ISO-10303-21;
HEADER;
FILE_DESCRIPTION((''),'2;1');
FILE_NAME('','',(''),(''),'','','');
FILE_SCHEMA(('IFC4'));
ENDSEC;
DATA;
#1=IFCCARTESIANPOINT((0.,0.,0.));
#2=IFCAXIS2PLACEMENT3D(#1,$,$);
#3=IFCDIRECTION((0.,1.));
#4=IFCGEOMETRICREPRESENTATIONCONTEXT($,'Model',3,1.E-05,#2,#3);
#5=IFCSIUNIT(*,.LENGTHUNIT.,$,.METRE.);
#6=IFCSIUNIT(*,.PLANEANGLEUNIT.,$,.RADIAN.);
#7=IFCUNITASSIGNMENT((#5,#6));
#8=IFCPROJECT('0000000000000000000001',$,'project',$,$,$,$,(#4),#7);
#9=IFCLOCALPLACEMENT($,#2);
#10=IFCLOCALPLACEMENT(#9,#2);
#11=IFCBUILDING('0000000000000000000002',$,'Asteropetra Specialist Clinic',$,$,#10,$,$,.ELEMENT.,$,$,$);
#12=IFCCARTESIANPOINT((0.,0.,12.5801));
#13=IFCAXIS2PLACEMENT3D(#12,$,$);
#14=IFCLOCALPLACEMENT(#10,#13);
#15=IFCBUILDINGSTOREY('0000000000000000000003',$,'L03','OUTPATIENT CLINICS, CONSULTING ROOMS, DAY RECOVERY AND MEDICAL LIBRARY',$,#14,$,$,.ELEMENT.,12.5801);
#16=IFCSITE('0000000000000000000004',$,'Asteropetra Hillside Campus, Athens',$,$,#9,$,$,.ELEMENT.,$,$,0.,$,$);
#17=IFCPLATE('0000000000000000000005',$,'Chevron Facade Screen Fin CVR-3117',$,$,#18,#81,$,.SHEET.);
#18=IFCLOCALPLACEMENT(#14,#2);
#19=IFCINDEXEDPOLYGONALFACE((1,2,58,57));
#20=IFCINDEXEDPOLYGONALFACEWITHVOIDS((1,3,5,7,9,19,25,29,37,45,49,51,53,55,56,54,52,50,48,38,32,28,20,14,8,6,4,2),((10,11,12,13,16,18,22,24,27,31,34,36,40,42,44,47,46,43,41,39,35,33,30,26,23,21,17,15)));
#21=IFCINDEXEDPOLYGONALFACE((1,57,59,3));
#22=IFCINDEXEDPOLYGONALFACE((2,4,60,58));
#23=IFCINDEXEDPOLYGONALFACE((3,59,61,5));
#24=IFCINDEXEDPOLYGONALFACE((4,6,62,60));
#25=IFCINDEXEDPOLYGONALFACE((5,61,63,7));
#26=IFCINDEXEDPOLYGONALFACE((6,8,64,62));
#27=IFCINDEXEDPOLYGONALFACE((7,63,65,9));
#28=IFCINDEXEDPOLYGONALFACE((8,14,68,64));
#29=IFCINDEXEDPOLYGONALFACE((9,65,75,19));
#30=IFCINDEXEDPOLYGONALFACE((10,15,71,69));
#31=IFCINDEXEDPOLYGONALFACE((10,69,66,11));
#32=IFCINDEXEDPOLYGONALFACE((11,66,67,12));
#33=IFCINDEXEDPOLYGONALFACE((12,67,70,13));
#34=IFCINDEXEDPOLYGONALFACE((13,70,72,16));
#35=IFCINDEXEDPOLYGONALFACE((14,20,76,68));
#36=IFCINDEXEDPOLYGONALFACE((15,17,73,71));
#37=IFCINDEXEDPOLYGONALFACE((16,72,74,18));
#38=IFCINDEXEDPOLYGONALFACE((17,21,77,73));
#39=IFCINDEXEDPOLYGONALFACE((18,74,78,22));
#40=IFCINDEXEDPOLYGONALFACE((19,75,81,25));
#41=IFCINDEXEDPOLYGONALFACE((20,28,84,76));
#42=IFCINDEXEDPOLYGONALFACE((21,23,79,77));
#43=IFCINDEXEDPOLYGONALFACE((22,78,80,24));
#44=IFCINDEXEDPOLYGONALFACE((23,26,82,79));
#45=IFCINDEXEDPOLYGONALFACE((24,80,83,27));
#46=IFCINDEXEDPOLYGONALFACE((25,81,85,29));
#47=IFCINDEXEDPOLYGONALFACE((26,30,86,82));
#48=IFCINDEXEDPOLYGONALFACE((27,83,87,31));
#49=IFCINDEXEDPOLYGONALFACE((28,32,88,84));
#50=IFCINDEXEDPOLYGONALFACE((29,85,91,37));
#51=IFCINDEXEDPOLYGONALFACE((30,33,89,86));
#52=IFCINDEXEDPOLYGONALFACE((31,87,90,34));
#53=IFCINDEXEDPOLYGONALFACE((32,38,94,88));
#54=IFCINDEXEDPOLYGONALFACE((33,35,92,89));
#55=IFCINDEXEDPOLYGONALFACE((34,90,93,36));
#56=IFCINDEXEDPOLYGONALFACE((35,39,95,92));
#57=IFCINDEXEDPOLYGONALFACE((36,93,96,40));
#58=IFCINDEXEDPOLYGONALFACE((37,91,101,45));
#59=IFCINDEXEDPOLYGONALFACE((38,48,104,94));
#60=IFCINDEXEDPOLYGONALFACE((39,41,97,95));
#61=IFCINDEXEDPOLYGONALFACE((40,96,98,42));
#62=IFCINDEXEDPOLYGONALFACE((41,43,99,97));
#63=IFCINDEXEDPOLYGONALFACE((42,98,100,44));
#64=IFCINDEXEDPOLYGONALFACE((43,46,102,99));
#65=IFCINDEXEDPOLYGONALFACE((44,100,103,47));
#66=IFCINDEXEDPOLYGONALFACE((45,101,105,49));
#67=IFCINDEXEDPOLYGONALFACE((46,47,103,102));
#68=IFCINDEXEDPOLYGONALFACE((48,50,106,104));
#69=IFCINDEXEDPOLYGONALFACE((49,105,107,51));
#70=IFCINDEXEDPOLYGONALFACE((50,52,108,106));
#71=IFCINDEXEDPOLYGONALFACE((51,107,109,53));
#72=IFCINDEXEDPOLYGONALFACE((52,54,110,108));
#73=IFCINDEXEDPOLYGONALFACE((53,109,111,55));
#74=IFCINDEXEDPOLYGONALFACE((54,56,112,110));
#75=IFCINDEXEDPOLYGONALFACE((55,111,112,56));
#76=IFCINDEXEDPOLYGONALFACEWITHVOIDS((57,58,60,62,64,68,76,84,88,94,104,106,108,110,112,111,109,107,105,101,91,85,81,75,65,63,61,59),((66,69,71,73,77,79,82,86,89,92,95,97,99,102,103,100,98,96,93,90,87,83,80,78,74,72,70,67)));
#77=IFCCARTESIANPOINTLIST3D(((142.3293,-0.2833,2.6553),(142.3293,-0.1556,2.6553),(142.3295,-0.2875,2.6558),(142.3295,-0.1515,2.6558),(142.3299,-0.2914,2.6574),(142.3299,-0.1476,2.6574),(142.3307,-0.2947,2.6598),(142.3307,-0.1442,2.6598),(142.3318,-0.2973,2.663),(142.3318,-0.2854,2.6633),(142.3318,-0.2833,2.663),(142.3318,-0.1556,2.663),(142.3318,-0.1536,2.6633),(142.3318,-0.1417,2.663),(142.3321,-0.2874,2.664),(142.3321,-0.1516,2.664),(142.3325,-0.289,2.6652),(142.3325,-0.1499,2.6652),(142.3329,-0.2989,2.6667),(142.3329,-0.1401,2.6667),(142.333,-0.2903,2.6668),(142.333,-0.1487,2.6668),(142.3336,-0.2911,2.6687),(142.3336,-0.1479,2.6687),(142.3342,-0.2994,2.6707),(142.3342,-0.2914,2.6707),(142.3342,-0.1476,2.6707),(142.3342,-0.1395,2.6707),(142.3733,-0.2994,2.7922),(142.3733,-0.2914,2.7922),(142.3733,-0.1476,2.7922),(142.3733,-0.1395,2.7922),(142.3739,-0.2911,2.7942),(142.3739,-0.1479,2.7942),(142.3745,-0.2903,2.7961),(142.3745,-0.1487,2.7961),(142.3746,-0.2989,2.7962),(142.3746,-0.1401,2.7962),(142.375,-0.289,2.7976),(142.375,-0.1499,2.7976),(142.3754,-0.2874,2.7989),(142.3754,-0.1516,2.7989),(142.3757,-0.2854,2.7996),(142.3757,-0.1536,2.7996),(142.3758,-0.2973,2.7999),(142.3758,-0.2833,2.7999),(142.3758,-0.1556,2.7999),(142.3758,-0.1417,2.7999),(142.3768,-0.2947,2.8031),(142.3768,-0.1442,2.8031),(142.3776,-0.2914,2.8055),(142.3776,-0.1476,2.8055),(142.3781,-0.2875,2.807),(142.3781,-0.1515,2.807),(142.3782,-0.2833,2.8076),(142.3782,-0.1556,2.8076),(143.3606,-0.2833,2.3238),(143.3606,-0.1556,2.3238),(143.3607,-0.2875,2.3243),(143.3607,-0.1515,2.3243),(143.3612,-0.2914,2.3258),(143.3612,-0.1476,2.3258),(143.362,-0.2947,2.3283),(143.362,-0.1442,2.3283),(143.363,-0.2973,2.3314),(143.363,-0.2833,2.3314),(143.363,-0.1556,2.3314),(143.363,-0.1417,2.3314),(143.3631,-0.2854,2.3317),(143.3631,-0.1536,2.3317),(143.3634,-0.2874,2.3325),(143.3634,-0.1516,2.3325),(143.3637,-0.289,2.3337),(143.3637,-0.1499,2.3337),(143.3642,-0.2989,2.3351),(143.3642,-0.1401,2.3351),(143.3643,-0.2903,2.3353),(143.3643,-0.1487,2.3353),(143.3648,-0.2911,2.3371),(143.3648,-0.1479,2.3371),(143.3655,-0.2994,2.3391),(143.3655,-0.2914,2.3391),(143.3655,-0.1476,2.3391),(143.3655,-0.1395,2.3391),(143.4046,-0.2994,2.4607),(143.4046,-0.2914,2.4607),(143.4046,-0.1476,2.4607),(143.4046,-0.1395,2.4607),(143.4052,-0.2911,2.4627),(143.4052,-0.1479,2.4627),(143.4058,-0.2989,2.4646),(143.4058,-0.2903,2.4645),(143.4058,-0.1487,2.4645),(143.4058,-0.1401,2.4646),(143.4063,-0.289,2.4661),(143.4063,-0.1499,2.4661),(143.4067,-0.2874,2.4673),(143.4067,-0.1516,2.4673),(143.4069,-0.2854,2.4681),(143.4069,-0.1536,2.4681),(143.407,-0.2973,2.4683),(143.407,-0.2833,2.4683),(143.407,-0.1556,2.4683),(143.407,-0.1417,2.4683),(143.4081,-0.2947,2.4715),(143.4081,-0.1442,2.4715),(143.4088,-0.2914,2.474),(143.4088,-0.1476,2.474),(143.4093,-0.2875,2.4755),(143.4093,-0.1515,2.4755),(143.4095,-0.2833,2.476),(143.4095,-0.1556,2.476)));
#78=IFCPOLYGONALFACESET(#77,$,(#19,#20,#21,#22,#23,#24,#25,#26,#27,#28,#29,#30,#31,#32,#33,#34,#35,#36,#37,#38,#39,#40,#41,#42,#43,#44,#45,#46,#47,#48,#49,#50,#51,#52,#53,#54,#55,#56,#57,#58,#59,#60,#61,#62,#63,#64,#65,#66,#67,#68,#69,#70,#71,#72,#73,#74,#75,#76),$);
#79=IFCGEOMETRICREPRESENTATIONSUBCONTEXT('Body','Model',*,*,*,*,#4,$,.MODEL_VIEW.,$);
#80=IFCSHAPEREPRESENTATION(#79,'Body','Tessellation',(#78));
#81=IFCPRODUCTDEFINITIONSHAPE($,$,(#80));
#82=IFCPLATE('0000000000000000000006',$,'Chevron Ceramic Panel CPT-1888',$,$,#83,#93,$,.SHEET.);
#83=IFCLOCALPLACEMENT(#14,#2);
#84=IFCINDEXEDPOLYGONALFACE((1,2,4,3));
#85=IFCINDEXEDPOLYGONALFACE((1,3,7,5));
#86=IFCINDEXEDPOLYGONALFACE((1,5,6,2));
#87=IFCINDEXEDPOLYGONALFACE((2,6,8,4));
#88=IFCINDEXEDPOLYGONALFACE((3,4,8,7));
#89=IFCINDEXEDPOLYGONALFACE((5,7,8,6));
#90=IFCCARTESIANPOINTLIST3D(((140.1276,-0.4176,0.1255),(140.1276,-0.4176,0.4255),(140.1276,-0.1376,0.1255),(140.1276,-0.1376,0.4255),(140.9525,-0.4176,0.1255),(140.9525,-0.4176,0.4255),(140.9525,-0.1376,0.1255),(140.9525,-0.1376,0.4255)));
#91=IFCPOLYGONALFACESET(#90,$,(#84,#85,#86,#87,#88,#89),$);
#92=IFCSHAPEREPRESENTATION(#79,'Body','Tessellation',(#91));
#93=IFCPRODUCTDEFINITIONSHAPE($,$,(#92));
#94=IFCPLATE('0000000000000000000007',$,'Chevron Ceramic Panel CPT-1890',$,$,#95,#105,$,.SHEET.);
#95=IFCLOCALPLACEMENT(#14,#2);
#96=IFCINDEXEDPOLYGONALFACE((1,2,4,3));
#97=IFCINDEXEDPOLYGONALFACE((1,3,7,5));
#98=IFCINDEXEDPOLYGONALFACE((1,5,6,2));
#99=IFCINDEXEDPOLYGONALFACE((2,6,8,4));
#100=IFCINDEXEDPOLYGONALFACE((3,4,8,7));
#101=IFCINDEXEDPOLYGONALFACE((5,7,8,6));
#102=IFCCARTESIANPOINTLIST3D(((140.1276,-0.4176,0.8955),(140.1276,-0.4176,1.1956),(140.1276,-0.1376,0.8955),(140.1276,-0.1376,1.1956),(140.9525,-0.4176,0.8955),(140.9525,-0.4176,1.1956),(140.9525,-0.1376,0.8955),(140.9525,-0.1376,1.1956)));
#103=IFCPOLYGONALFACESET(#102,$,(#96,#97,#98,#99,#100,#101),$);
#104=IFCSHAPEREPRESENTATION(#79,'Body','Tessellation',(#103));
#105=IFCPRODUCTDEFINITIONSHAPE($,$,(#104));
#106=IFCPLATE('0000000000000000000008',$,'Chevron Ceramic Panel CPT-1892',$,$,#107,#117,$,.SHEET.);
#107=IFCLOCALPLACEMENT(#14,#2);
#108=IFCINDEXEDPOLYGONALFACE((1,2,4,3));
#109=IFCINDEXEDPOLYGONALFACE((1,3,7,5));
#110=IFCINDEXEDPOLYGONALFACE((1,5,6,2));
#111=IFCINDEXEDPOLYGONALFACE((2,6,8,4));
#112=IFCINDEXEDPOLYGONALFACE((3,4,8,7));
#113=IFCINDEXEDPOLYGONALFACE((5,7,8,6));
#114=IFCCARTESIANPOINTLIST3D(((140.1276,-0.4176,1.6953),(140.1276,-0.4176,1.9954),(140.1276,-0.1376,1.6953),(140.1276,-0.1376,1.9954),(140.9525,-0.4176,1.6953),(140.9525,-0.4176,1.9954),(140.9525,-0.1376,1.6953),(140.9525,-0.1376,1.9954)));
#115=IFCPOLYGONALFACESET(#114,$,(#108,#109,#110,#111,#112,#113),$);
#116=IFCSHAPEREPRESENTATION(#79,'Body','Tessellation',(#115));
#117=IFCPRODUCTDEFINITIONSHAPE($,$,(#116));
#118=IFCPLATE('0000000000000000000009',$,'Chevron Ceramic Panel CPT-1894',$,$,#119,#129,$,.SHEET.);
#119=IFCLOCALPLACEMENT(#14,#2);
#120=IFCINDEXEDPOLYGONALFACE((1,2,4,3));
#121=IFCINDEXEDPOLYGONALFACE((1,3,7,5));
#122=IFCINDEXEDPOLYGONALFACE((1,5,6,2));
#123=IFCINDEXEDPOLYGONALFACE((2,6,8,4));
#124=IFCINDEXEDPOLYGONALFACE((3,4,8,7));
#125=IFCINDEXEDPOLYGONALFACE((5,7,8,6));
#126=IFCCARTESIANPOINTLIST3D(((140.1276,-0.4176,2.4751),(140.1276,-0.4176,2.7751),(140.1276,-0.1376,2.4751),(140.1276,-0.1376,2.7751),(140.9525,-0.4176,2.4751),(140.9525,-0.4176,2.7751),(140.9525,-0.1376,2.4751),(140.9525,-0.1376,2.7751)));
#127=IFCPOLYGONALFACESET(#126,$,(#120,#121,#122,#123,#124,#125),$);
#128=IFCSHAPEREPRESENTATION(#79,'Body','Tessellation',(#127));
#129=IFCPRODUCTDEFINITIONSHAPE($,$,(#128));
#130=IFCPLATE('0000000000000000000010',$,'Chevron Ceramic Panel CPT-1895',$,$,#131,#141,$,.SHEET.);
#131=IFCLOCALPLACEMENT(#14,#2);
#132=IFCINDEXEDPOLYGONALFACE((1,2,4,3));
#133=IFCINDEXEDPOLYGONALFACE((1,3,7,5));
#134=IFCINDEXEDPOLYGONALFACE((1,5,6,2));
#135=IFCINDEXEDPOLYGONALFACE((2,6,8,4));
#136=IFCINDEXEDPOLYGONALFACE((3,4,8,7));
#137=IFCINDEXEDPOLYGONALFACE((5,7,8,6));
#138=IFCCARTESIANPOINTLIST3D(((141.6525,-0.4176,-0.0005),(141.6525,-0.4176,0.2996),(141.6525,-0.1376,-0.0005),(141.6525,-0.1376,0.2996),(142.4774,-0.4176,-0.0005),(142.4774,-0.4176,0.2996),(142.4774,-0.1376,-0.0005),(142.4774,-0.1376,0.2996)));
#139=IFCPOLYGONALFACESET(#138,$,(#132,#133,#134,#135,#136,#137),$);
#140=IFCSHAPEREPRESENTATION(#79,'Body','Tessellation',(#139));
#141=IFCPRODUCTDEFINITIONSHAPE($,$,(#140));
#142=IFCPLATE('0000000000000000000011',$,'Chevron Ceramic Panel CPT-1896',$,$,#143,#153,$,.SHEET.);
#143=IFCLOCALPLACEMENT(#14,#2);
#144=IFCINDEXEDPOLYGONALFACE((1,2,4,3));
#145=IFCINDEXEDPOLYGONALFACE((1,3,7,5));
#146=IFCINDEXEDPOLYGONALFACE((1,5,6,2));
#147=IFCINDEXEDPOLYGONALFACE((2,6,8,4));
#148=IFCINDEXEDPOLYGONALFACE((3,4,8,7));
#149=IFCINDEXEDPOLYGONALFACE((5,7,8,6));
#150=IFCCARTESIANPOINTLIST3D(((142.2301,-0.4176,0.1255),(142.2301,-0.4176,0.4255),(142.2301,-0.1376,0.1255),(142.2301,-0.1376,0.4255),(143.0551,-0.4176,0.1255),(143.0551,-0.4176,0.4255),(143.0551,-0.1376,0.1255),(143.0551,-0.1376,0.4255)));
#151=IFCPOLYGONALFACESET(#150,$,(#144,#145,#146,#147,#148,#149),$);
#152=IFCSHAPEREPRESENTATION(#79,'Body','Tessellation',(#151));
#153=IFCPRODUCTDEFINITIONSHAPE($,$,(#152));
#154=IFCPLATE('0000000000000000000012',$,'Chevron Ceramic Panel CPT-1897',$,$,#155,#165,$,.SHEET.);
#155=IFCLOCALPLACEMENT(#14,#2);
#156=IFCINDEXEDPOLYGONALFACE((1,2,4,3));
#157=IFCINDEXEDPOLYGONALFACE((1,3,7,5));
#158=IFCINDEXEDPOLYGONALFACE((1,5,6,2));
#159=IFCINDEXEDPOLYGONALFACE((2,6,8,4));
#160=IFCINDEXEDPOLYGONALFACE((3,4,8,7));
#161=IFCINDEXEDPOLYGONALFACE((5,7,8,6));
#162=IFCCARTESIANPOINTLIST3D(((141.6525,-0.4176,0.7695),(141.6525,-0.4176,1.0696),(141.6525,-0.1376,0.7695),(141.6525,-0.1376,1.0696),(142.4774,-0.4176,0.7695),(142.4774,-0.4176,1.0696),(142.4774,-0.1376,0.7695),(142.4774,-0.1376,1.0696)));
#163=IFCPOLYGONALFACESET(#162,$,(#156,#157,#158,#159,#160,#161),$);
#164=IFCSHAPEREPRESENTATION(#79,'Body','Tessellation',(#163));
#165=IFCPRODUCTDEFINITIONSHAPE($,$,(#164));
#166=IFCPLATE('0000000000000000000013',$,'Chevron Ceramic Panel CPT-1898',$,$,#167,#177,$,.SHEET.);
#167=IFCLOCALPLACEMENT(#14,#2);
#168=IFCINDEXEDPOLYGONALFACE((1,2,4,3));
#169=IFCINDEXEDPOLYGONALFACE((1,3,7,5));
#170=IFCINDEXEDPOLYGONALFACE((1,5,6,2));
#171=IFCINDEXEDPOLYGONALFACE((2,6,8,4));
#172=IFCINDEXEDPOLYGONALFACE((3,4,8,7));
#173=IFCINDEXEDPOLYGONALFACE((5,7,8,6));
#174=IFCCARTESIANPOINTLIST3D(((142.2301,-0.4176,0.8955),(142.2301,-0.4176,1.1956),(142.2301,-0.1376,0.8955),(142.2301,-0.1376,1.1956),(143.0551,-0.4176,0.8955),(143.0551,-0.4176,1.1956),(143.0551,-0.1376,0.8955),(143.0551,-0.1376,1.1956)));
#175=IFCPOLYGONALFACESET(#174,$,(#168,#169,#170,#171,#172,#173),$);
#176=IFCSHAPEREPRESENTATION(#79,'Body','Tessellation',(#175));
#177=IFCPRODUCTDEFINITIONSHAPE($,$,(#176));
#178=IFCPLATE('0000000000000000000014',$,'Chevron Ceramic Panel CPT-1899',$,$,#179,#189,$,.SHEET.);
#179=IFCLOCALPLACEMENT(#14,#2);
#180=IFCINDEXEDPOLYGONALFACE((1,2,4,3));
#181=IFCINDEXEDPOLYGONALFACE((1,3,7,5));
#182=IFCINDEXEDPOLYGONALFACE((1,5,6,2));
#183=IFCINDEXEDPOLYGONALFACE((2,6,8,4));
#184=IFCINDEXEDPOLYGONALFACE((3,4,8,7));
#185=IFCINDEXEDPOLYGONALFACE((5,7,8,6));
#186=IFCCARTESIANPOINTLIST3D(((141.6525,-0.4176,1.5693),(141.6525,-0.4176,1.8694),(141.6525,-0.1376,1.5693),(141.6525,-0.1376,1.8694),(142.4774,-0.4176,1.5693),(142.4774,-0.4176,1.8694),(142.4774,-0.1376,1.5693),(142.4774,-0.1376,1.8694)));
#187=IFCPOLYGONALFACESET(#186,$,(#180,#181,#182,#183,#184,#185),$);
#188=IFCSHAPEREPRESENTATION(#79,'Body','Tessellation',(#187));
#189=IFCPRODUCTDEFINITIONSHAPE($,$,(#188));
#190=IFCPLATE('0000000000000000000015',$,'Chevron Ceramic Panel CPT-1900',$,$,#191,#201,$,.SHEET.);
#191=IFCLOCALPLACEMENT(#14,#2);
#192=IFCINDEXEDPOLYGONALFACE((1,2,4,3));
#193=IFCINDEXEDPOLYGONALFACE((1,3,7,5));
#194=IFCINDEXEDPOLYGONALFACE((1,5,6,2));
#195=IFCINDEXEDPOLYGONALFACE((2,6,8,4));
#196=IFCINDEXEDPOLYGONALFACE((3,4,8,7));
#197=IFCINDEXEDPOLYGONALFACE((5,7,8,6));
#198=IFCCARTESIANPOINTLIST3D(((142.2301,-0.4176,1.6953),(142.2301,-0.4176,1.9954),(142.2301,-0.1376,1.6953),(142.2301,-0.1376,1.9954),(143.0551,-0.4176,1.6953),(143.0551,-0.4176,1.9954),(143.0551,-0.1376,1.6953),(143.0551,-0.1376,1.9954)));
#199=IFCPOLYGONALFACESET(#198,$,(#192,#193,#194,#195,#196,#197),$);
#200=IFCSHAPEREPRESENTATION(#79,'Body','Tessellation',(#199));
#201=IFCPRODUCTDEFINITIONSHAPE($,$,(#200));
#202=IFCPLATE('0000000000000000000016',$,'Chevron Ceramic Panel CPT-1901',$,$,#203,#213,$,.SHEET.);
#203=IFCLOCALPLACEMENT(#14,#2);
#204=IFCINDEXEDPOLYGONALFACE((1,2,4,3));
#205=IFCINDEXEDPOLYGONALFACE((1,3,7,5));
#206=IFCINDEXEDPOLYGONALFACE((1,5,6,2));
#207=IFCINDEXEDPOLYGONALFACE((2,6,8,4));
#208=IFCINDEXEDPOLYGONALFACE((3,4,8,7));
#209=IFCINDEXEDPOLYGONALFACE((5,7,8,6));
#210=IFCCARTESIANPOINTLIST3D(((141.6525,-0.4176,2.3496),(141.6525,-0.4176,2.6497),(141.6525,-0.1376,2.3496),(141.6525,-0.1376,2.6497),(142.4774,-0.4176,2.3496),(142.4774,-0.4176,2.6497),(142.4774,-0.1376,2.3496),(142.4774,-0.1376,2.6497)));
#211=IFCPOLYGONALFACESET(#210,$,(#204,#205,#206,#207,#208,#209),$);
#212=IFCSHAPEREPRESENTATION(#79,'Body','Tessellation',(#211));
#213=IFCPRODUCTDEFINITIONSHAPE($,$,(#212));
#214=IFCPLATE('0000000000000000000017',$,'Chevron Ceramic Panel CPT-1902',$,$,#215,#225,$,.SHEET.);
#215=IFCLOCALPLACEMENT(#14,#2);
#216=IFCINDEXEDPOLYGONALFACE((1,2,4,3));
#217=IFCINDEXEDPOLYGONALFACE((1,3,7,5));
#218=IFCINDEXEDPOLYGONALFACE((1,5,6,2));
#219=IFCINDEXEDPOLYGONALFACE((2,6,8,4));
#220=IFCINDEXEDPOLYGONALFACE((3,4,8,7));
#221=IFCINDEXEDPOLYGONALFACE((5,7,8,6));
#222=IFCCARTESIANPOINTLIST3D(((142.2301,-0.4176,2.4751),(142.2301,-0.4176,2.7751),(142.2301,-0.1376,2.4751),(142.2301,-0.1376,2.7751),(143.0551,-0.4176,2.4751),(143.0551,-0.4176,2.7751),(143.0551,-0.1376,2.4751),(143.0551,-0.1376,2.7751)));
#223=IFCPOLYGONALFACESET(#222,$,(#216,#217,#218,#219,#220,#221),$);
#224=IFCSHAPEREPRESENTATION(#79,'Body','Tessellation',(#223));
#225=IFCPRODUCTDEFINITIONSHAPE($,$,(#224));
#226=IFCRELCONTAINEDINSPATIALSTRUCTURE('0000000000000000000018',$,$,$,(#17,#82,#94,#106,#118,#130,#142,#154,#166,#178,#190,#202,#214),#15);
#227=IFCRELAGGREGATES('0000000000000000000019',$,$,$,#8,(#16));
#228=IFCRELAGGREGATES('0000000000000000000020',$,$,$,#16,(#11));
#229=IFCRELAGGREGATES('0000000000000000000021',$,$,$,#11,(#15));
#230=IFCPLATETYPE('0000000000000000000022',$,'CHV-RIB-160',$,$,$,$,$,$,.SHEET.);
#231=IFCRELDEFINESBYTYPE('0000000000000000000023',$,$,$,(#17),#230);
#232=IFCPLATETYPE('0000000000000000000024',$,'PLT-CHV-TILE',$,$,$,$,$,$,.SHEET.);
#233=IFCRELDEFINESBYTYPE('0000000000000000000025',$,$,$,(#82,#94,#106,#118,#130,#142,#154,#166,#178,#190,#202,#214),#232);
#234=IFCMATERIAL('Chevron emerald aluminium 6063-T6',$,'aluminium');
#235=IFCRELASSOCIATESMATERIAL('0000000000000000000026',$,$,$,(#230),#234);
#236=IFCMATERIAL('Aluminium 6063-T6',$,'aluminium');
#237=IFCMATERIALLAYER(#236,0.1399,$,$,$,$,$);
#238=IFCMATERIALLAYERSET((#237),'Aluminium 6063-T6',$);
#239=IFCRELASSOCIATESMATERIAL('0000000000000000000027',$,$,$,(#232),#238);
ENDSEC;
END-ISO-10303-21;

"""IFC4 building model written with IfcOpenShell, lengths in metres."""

from ifc_helpers import new_model, si_unit, direction, frame, origin, origin_2d, place, context, subcontext, project, spatial, rectangle, hollow_rectangle, extrude, material, layer, layer_set, material_profile, profile_set, type_object, element, save


model = new_model("IFC4")

# Units and contexts
model_context = context("Model", 3, precision=1e-05, world=origin(), true_north=direction((0.0, 1.0)))
body_context = subcontext(model_context, "Body", "Model", "MODEL_VIEW")
ifc_project = project(units=[si_unit("LENGTHUNIT", "METRE"), si_unit("PLANEANGLEUNIT", "RADIAN")], contexts=[model_context])

# Site, building, storey
site_placement = place(None, origin())
site = spatial("IfcSite", under=ifc_project, at=site_placement, Name="Asteropetra Hillside Campus, Athens", CompositionType="ELEMENT", RefElevation=0.0)
building_placement = place(site_placement, origin())
building = spatial("IfcBuilding", under=site, at=building_placement, Name="Asteropetra Specialist Clinic", CompositionType="ELEMENT")
storey_placement = place(building_placement, frame((0.0, 0.0, 12.5801)))
storey = spatial("IfcBuildingStorey", under=building, at=storey_placement, Name="L03", Description="OUTPATIENT CLINICS, CONSULTING ROOMS, DAY RECOVERY AND MEDICAL LIBRARY", CompositionType="ELEMENT", Elevation=12.5801)

# Plates
ifc_material_1 = material(Name="Chevron emerald aluminium 6063-T6", Category="aluminium")
ifc_material_profile_1 = material_profile(ifc_material_1, hollow_rectangle(XDim=0.1599, YDim=0.1599, WallThickness=0.0081, InnerFilletRadius=0.0081, OuterFilletRadius=0.0161, at=origin_2d()), Name="SHS 160x160x8.0")
ifc_profile_set_1 = profile_set([ifc_material_profile_1], Name="Chevron emerald aluminium 6063-T6")
plate_type_1 = type_object("IfcPlateType", Name="CHV-RIB-160", PredefinedType="SHEET", material=ifc_profile_set_1)
for number, where, z_axis, x_axis, name in (
    (1, (142.3538, -0.2195, 2.7314), (0.95201, 0.0, -0.306068), (0.0, 1.0, 0.0), "Chevron Facade Screen Fin CVR-3117"),
):
    element("IfcPlate", number, at=place(storey_placement, frame(where, z_axis=z_axis, x_axis=x_axis)), inside=storey, type_object=plate_type_1, Name=name, PredefinedType="SHEET", context=body_context, shape_type="SweptSolid", body=[
        extrude(hollow_rectangle(XDim=0.1599, YDim=0.1599, WallThickness=0.0081, InnerFilletRadius=0.0081, OuterFilletRadius=0.0161, at=origin_2d()), origin(), (0.0, 0.0, 1.0), 1.0833),
    ])
ifc_material_2 = material(Name="Aluminium 6063-T6", Category="aluminium")
ifc_layer_1 = layer(ifc_material_2, 0.1399)
ifc_layer_set_1 = layer_set([ifc_layer_1], Name="Aluminium 6063-T6")
plate_type_2 = type_object("IfcPlateType", Name="PLT-CHV-TILE", PredefinedType="SHEET", material=ifc_layer_set_1)
for number, where, z_axis, x_axis, name in (
    (2, (140.54, -0.2776, 0.1255), (0.0, 0.0, 1.0), (1.0, 0.0, 0.0), "Chevron Ceramic Panel CPT-1888"),
    (3, (140.54, -0.2776, 0.8955), (0.0, 0.0, 1.0), (1.0, 0.0, 0.0), "Chevron Ceramic Panel CPT-1890"),
    (4, (140.54, -0.2776, 1.6953), (0.0, 0.0, 1.0), (1.0, 0.0, 0.0), "Chevron Ceramic Panel CPT-1892"),
    (5, (140.54, -0.2776, 2.4751), (0.0, 0.0, 1.0), (1.0, 0.0, 0.0), "Chevron Ceramic Panel CPT-1894"),
    (6, (142.0649, -0.2776, -0.0005), (0.0, 0.0, 1.0), (1.0, 0.0, 0.0), "Chevron Ceramic Panel CPT-1895"),
    (7, (142.6426, -0.2776, 0.1255), (0.0, 0.0, 1.0), (1.0, 0.0, 0.0), "Chevron Ceramic Panel CPT-1896"),
    (8, (142.0649, -0.2776, 0.7695), (0.0, 0.0, 1.0), (1.0, 0.0, 0.0), "Chevron Ceramic Panel CPT-1897"),
    (9, (142.6426, -0.2776, 0.8955), (0.0, 0.0, 1.0), (1.0, 0.0, 0.0), "Chevron Ceramic Panel CPT-1898"),
    (10, (142.0649, -0.2776, 1.5693), (0.0, 0.0, 1.0), (1.0, 0.0, 0.0), "Chevron Ceramic Panel CPT-1899"),
    (11, (142.6426, -0.2776, 1.6953), (0.0, 0.0, 1.0), (1.0, 0.0, 0.0), "Chevron Ceramic Panel CPT-1900"),
    (12, (142.0649, -0.2776, 2.3496), (0.0, 0.0, 1.0), (1.0, 0.0, 0.0), "Chevron Ceramic Panel CPT-1901"),
    (13, (142.6426, -0.2776, 2.4751), (0.0, 0.0, 1.0), (1.0, 0.0, 0.0), "Chevron Ceramic Panel CPT-1902"),
):
    element("IfcPlate", number, at=place(storey_placement, frame(where, z_axis=z_axis, x_axis=x_axis)), inside=storey, type_object=plate_type_2, Name=name, PredefinedType="SHEET", context=body_context, shape_type="SweptSolid", body=[
        extrude(rectangle(XDim=0.825, YDim=0.28, at=origin_2d()), origin(), (0.0, 0.0, 1.0), 0.3),
    ])

save(model, "model.ifc")
